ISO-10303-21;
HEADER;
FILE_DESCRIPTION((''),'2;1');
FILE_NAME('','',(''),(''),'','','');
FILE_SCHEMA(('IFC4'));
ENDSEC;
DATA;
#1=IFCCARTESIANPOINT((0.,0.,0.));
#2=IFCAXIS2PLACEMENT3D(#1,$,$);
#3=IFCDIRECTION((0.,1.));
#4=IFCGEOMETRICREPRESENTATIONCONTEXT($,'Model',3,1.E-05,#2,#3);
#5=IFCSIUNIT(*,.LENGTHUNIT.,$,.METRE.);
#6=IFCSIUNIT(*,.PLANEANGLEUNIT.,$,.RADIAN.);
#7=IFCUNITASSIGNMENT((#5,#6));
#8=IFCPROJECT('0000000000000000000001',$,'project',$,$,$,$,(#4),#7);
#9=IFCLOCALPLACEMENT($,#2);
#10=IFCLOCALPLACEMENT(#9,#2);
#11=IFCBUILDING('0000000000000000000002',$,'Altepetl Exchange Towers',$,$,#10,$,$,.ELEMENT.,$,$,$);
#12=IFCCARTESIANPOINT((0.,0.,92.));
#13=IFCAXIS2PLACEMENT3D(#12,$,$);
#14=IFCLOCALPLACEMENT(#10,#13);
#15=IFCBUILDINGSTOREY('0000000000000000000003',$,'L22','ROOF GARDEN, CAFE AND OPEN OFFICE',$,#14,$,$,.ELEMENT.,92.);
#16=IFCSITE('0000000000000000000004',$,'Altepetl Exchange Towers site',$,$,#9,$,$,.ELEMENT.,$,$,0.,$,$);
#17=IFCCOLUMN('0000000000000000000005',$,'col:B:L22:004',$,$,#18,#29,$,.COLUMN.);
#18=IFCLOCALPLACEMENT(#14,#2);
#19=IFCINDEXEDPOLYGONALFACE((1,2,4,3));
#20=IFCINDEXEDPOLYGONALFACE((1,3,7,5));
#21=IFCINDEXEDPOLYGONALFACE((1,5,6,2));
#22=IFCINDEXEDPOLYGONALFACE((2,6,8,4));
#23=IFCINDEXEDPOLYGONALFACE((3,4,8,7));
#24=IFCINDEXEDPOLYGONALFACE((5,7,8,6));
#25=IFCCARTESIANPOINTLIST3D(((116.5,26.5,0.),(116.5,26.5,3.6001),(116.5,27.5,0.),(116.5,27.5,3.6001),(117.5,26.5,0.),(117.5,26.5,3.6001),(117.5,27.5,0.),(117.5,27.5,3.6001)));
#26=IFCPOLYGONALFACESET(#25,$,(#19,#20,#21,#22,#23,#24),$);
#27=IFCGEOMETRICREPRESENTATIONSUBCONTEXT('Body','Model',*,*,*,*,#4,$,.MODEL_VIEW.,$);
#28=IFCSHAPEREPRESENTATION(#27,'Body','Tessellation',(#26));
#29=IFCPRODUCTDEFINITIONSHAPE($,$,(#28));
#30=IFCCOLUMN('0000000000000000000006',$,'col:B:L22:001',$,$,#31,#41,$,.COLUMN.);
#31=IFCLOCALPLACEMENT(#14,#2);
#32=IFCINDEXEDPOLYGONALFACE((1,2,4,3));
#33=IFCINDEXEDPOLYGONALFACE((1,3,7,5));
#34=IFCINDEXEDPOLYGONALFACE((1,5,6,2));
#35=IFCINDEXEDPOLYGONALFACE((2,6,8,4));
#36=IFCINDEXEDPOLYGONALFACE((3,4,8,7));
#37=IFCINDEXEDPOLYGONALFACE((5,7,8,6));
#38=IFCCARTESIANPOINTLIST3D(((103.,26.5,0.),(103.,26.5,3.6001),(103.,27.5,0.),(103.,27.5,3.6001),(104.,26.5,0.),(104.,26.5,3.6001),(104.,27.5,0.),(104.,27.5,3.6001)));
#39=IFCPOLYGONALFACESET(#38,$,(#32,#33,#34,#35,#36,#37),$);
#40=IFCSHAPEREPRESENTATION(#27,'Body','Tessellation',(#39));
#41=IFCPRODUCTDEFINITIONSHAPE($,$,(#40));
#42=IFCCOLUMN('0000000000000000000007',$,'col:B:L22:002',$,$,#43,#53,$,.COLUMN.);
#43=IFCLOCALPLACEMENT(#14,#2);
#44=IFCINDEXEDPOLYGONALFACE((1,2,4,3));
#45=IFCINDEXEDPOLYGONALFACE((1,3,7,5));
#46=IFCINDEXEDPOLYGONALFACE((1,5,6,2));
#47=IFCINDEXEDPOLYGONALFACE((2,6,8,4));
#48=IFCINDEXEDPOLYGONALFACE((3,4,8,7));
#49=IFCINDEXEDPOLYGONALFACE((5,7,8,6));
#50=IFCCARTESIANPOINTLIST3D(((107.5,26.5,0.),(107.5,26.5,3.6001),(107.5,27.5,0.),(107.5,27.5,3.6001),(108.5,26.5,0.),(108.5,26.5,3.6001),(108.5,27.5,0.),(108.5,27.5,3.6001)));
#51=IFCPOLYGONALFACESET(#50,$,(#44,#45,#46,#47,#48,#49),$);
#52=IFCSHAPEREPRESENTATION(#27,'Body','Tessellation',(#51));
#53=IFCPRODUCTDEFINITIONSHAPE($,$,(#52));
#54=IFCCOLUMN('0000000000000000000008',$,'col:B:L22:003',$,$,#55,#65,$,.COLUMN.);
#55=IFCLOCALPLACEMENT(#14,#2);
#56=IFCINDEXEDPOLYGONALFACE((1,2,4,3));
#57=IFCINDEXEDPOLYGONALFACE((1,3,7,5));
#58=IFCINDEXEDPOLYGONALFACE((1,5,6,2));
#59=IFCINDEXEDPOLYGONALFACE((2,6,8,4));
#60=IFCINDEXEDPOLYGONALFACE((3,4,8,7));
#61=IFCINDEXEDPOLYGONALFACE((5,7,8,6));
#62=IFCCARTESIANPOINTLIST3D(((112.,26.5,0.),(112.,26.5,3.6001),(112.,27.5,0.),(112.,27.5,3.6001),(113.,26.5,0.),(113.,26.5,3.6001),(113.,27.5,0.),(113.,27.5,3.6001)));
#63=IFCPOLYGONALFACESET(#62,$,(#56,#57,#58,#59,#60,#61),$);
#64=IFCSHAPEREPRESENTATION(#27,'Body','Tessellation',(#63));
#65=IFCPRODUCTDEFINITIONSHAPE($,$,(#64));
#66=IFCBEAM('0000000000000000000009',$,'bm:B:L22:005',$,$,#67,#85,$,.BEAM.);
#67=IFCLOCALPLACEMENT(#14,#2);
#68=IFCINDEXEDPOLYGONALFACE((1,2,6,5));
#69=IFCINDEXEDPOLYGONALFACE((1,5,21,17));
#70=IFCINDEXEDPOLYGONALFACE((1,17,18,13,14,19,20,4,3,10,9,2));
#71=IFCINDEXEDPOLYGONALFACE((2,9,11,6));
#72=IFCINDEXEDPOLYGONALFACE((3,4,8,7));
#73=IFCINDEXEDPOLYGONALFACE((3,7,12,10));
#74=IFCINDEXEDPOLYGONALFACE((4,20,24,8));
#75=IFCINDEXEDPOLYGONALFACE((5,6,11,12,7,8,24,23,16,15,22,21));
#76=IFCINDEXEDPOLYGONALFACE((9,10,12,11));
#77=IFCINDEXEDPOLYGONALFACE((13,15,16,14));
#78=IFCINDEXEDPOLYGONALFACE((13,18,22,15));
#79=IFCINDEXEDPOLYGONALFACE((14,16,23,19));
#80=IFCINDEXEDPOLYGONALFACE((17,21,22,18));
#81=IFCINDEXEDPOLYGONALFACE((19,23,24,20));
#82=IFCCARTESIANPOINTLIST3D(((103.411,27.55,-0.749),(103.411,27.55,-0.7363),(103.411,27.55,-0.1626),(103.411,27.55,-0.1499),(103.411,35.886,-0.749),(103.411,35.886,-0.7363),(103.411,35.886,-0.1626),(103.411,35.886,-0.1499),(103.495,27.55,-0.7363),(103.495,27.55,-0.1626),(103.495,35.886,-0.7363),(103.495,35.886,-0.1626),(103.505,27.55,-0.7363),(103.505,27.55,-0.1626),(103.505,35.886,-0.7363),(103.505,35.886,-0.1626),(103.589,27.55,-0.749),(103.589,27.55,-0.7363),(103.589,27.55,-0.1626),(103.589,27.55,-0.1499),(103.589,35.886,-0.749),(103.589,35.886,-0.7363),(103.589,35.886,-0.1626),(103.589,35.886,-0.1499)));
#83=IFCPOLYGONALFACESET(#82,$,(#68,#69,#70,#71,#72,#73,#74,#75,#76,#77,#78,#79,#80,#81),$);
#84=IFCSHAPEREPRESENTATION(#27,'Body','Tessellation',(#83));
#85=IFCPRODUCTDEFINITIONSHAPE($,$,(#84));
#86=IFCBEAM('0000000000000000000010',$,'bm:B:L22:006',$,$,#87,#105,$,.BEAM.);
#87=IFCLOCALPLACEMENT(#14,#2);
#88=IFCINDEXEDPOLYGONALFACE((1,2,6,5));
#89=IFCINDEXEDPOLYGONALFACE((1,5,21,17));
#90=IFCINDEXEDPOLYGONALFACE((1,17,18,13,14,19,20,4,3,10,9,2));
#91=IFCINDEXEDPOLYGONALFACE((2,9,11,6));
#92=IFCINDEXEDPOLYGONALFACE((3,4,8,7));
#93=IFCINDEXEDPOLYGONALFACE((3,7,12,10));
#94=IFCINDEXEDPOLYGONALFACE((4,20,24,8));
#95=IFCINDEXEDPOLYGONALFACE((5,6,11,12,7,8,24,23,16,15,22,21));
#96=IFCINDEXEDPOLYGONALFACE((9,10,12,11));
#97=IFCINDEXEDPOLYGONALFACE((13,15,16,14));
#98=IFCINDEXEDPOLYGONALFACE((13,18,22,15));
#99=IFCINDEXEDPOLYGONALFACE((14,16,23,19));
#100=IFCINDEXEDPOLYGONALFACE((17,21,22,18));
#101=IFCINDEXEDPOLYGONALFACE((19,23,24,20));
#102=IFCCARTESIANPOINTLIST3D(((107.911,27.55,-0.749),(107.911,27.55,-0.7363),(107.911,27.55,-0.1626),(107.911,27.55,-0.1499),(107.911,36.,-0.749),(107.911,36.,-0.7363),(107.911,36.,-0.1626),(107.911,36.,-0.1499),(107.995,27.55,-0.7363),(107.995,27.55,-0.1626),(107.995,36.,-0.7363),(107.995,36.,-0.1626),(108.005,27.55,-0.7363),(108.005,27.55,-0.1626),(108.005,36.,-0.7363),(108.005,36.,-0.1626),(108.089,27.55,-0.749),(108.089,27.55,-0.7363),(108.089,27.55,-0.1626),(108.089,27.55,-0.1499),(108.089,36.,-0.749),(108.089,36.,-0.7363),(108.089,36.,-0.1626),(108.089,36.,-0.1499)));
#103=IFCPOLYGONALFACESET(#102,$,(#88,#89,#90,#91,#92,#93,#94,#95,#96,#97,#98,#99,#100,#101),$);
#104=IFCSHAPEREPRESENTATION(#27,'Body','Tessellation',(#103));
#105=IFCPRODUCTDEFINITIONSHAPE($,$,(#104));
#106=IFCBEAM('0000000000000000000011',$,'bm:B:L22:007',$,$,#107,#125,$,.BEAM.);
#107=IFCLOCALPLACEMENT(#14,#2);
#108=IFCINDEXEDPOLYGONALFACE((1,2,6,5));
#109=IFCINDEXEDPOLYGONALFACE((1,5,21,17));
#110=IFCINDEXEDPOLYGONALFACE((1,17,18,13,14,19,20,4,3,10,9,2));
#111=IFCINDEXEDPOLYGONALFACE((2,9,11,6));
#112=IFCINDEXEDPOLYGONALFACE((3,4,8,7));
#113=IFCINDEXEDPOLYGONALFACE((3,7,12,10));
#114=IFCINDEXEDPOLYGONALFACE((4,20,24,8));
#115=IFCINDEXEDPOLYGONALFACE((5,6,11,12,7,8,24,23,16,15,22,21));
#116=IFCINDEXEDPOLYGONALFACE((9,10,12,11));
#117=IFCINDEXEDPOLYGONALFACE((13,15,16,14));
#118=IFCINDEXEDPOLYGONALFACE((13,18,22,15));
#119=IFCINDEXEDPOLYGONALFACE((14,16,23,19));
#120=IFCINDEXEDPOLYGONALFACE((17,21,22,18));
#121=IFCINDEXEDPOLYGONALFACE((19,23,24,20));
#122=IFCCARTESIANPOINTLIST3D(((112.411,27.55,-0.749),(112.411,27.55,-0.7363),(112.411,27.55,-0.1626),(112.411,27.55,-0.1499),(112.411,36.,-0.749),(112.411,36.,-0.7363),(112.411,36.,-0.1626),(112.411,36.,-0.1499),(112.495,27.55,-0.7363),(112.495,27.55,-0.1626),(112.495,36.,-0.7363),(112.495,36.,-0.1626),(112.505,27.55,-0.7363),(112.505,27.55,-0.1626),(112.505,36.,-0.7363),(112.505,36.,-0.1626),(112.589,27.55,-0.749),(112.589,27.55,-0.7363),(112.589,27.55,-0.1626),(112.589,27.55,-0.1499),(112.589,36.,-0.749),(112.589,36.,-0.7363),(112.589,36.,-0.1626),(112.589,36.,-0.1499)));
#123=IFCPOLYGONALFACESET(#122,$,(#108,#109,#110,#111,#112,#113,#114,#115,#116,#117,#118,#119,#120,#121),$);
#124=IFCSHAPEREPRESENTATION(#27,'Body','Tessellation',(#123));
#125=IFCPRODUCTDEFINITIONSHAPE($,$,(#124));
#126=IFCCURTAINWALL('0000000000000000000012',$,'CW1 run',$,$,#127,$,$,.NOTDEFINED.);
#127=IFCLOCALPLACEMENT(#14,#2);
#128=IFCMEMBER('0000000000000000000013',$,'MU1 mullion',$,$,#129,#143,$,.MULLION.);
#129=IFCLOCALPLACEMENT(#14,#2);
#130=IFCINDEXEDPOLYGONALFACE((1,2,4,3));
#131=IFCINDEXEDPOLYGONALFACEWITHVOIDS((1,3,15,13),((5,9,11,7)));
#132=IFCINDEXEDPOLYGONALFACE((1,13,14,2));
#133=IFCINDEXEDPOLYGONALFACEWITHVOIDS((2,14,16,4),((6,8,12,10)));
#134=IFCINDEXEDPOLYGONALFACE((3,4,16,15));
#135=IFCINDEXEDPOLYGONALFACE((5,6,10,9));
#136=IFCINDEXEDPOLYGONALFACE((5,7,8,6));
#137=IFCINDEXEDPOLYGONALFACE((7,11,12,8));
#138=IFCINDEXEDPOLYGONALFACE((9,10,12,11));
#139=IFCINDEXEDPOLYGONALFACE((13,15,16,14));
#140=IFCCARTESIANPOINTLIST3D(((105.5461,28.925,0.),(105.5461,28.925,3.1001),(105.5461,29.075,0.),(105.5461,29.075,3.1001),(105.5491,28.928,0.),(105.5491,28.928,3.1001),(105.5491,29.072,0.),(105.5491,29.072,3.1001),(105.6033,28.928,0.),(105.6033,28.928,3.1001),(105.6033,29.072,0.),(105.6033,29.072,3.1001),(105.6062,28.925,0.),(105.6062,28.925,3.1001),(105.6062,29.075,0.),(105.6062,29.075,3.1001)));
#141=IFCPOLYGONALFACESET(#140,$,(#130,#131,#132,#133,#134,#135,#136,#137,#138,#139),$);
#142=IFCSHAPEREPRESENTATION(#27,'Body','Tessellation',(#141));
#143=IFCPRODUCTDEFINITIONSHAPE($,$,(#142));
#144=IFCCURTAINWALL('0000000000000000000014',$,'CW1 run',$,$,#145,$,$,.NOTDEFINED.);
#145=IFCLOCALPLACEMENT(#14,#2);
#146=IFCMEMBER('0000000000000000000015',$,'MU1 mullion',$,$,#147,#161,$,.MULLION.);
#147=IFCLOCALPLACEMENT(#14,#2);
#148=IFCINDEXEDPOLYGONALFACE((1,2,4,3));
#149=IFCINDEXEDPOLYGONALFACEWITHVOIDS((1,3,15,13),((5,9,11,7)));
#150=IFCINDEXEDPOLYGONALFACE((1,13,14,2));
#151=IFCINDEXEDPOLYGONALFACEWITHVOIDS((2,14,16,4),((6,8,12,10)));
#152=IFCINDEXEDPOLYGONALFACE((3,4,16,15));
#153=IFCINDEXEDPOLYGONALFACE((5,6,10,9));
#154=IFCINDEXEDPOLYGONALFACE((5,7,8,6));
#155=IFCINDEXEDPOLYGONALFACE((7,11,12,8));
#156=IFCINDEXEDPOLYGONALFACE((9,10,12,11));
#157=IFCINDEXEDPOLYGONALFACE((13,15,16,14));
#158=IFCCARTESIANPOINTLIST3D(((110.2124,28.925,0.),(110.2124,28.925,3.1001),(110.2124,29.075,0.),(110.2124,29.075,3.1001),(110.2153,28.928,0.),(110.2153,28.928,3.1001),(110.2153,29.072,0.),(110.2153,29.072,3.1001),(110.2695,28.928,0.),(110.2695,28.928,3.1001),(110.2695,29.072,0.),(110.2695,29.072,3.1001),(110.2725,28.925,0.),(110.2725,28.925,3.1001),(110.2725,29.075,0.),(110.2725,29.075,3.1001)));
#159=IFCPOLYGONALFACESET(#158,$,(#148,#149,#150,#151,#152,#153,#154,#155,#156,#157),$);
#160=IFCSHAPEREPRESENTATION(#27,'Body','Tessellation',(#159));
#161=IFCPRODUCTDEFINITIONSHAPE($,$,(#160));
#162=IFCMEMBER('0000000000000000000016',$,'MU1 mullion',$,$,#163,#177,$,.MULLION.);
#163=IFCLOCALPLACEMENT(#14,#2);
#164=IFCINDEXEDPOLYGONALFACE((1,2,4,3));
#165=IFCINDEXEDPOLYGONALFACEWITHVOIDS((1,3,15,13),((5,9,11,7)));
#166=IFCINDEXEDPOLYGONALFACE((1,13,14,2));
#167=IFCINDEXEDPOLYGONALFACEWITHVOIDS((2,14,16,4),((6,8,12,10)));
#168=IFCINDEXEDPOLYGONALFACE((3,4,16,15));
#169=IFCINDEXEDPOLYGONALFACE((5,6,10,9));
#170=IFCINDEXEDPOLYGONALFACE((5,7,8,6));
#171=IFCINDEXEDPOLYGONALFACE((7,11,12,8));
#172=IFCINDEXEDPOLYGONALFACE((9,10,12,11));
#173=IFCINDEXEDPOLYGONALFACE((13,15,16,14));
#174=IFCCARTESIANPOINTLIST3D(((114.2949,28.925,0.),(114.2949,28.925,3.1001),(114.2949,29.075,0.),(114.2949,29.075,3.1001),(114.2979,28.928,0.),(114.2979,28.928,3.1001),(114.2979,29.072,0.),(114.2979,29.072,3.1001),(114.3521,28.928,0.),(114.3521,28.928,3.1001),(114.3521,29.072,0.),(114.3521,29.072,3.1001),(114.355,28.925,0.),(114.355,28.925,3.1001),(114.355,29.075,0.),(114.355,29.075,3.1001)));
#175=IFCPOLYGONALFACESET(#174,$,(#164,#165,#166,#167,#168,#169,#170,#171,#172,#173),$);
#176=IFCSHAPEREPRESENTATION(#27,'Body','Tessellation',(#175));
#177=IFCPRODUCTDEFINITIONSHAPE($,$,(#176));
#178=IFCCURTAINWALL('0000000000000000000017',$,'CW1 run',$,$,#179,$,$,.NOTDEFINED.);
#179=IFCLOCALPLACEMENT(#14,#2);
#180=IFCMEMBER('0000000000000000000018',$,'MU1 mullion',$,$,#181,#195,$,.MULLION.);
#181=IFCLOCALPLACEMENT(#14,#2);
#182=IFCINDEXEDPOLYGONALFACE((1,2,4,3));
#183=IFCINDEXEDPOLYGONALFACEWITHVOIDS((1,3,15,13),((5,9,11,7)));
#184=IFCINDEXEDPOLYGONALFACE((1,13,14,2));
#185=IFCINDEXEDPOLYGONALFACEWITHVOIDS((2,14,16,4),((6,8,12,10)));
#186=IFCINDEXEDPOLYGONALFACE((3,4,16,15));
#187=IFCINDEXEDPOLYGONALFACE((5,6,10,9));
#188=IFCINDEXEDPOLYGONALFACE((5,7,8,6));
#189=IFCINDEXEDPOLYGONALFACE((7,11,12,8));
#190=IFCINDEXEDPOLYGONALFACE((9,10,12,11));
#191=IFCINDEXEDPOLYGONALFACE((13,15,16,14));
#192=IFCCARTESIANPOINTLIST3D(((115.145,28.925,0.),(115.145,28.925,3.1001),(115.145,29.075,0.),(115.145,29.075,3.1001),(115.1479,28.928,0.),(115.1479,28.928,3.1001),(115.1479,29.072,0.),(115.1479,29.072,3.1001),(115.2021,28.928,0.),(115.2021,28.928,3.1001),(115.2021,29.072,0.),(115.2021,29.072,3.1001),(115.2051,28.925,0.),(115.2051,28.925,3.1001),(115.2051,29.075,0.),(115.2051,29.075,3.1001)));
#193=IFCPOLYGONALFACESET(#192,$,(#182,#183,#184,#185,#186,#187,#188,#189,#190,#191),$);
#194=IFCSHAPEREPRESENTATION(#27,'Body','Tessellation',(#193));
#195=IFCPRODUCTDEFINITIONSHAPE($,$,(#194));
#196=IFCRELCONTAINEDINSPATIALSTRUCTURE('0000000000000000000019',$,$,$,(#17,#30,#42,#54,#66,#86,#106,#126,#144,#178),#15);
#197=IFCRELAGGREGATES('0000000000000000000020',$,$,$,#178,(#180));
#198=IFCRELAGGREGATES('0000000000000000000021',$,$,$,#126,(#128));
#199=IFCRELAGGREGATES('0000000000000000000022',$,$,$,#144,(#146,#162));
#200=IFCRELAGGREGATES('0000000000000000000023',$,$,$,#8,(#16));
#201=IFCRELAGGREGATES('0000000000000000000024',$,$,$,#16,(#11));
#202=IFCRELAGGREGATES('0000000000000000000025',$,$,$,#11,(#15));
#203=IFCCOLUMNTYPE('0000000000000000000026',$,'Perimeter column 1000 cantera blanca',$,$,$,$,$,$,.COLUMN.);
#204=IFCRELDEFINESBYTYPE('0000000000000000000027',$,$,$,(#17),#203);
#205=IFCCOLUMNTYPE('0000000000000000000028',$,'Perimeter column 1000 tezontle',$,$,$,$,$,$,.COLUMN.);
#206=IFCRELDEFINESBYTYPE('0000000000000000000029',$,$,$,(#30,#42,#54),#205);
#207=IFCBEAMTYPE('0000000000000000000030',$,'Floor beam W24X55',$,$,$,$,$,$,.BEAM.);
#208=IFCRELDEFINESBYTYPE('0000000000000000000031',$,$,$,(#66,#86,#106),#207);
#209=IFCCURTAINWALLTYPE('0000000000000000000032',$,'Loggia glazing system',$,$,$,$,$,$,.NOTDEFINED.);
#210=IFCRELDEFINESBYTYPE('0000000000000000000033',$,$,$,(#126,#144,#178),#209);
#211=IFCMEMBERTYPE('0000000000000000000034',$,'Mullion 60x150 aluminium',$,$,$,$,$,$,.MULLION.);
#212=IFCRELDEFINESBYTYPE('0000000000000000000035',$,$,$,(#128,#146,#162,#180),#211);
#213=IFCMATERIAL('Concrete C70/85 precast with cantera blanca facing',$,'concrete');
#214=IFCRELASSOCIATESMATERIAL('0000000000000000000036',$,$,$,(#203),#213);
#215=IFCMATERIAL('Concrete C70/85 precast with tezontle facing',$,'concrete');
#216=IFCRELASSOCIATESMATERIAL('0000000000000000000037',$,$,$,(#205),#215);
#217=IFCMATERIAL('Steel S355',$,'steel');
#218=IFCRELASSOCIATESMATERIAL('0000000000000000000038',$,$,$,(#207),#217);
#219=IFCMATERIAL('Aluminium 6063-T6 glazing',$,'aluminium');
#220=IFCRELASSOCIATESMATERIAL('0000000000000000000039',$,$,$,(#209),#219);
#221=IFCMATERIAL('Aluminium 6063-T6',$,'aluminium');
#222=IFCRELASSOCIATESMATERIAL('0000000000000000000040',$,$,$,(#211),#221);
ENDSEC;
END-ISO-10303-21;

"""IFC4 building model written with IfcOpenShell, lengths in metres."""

from ifc_helpers import new_model, si_unit, direction, frame, origin, origin_2d, place, context, subcontext, project, spatial, rectangle, hollow_rectangle, i_section, extrude, material, material_profile, profile_set, type_object, element, aggregate, save


model = new_model("IFC4")

# Units and contexts
model_context = context("Model", 3, precision=1e-05, world=origin(), true_north=direction((0.0, 1.0)))
body_context = subcontext(model_context, "Body", "Model", "MODEL_VIEW")
ifc_project = project(units=[si_unit("LENGTHUNIT", "METRE"), si_unit("PLANEANGLEUNIT", "RADIAN")], contexts=[model_context])

# Site, building, storey
site_placement = place(None, origin())
site = spatial("IfcSite", under=ifc_project, at=site_placement, Name="Altepetl Exchange Towers site", CompositionType="ELEMENT", RefElevation=0.0)
building_placement = place(site_placement, origin())
building = spatial("IfcBuilding", under=site, at=building_placement, Name="Altepetl Exchange Towers", CompositionType="ELEMENT")
storey_placement = place(building_placement, frame((0.0, 0.0, 92.0)))
storey = spatial("IfcBuildingStorey", under=building, at=storey_placement, Name="L22", Description="ROOF GARDEN, CAFE AND OPEN OFFICE", CompositionType="ELEMENT", Elevation=92.0)

# Columns
ifc_material_1 = material(Name="Concrete C70/85 precast with cantera blanca facing", Category="concrete")
ifc_material_profile_1 = material_profile(ifc_material_1, rectangle(XDim=1.0, YDim=1.0, at=origin_2d()), Name="1000 x 1000")
ifc_profile_set_1 = profile_set([ifc_material_profile_1], Name="Concrete C70/85 precast with cantera blanca facing")
column_type_1 = type_object("IfcColumnType", Name="Perimeter column 1000 cantera blanca", PredefinedType="COLUMN", material=ifc_profile_set_1)
column_placement = place(storey_placement, frame((117.0, 27.0, 0.0)))
element("IfcColumn", 1, at=column_placement, inside=storey, type_object=column_type_1, Name="col:B:L22:004", PredefinedType="COLUMN", context=body_context, shape_type="SweptSolid", body=[
    extrude(rectangle(XDim=1.0, YDim=1.0, at=origin_2d()), origin(), (0.0, 0.0, 1.0), 3.6001),
])
ifc_material_2 = material(Name="Concrete C70/85 precast with tezontle facing", Category="concrete")
ifc_material_profile_2 = material_profile(ifc_material_2, rectangle(XDim=1.0, YDim=1.0, at=origin_2d()), Name="1000 x 1000")
ifc_profile_set_2 = profile_set([ifc_material_profile_2], Name="Concrete C70/85 precast with tezontle facing")
column_type_2 = type_object("IfcColumnType", Name="Perimeter column 1000 tezontle", PredefinedType="COLUMN", material=ifc_profile_set_2)
for number, where, name in (
    (2, (103.5, 27.0, 0.0), "col:B:L22:001"),
    (3, (108.0, 27.0, 0.0), "col:B:L22:002"),
    (4, (112.5, 27.0, 0.0), "col:B:L22:003"),
):
    element("IfcColumn", number, at=place(storey_placement, frame(where)), inside=storey, type_object=column_type_2, Name=name, PredefinedType="COLUMN", context=body_context, shape_type="SweptSolid", body=[
        extrude(rectangle(XDim=1.0, YDim=1.0, at=origin_2d()), origin(), (0.0, 0.0, 1.0), 3.6001),
    ])

# Beams
ifc_material_3 = material(Name="Steel S355", Category="steel")
ifc_material_profile_3 = material_profile(ifc_material_3, i_section(OverallWidth=0.178, OverallDepth=0.5991, WebThickness=0.01, FlangeThickness=0.0127, at=origin_2d()), Name="W24X55")
ifc_profile_set_3 = profile_set([ifc_material_profile_3], Name="Steel S355")
beam_type_1 = type_object("IfcBeamType", Name="Floor beam W24X55", PredefinedType="BEAM", material=ifc_profile_set_3)
beam_placement = place(storey_placement, frame((103.5, 27.55, -0.4495), z_axis=(0.0, 1.0, 0.0), x_axis=(-1.0, 0.0, 0.0)))
element("IfcBeam", 5, at=beam_placement, inside=storey, type_object=beam_type_1, Name="bm:B:L22:005", PredefinedType="BEAM", context=body_context, shape_type="SweptSolid", body=[
    extrude(i_section(OverallWidth=0.178, OverallDepth=0.5991, WebThickness=0.01, FlangeThickness=0.0127, at=origin_2d()), origin(), (0.0, 0.0, 1.0), 8.3359),
])
for number, where, z_axis, x_axis, name in (
    (6, (108.0, 27.55, -0.4495), (0.0, 1.0, 0.0), (-1.0, 0.0, 0.0), "bm:B:L22:006"),
    (7, (112.5, 27.55, -0.4495), (0.0, 1.0, 0.0), (-1.0, 0.0, 0.0), "bm:B:L22:007"),
):
    element("IfcBeam", number, at=place(storey_placement, frame(where, z_axis=z_axis, x_axis=x_axis)), inside=storey, type_object=beam_type_1, Name=name, PredefinedType="BEAM", context=body_context, shape_type="SweptSolid", body=[
        extrude(i_section(OverallWidth=0.178, OverallDepth=0.5991, WebThickness=0.01, FlangeThickness=0.0127, at=origin_2d()), origin(), (0.0, 0.0, 1.0), 8.45),
    ])

# Curtain wall, member
ifc_material_4 = material(Name="Aluminium 6063-T6 glazing", Category="aluminium")
curtain_wall_type = type_object("IfcCurtainWallType", Name="Loggia glazing system", PredefinedType="NOTDEFINED", material=ifc_material_4)
curtain_wall_1_placement = place(storey_placement, origin())
curtain_wall_1 = element("IfcCurtainWall", 8, at=curtain_wall_1_placement, inside=storey, type_object=curtain_wall_type, Name="CW1 run", PredefinedType="NOTDEFINED")
ifc_material_5 = material(Name="Aluminium 6063-T6", Category="aluminium")
ifc_material_profile_4 = material_profile(ifc_material_5, hollow_rectangle(XDim=0.0601, YDim=0.1499, WallThickness=0.0029, at=origin_2d()), Name="Mullion 60x150 aluminium")
ifc_profile_set_4 = profile_set([ifc_material_profile_4], Name="Aluminium 6063-T6")
member_type = type_object("IfcMemberType", Name="Mullion 60x150 aluminium", PredefinedType="MULLION", material=ifc_profile_set_4)
member_1_placement = place(storey_placement, frame((105.5762, 29.0, 0.0)))
member_1 = element("IfcMember", 9, at=member_1_placement, type_object=member_type, Name="MU1 mullion", PredefinedType="MULLION", context=body_context, shape_type="SweptSolid", body=[
    extrude(hollow_rectangle(XDim=0.0601, YDim=0.1499, WallThickness=0.0029, at=origin_2d()), origin(), (0.0, 0.0, 1.0), 3.1001),
])

# Curtain wall, members
curtain_wall_2_placement = place(storey_placement, origin())
curtain_wall_2 = element("IfcCurtainWall", 10, at=curtain_wall_2_placement, inside=storey, type_object=curtain_wall_type, Name="CW1 run", PredefinedType="NOTDEFINED")
member_2_placement = place(storey_placement, frame((110.2424, 29.0, 0.0)))
member_2 = element("IfcMember", 11, at=member_2_placement, type_object=member_type, Name="MU1 mullion", PredefinedType="MULLION", context=body_context, shape_type="SweptSolid", body=[
    extrude(hollow_rectangle(XDim=0.0601, YDim=0.1499, WallThickness=0.0029, at=origin_2d()), origin(), (0.0, 0.0, 1.0), 3.1001),
])
member_3_placement = place(storey_placement, frame((114.325, 29.0, 0.0)))
member_3 = element("IfcMember", 12, at=member_3_placement, type_object=member_type, Name="MU1 mullion", PredefinedType="MULLION", context=body_context, shape_type="SweptSolid", body=[
    extrude(hollow_rectangle(XDim=0.0601, YDim=0.1499, WallThickness=0.0029, at=origin_2d()), origin(), (0.0, 0.0, 1.0), 3.1001),
])

# Curtain wall, member
curtain_wall_3_placement = place(storey_placement, origin())
curtain_wall_3 = element("IfcCurtainWall", 13, at=curtain_wall_3_placement, inside=storey, type_object=curtain_wall_type, Name="CW1 run", PredefinedType="NOTDEFINED")
member_4_placement = place(storey_placement, frame((115.175, 29.0, 0.0)))
member_4 = element("IfcMember", 14, at=member_4_placement, type_object=member_type, Name="MU1 mullion", PredefinedType="MULLION", context=body_context, shape_type="SweptSolid", body=[
    extrude(hollow_rectangle(XDim=0.0601, YDim=0.1499, WallThickness=0.0029, at=origin_2d()), origin(), (0.0, 0.0, 1.0), 3.1001),
])
aggregate(curtain_wall_3, [member_4])

aggregate(curtain_wall_1, [member_1])
aggregate(curtain_wall_2, [member_2, member_3])

save(model, "model.ifc")
